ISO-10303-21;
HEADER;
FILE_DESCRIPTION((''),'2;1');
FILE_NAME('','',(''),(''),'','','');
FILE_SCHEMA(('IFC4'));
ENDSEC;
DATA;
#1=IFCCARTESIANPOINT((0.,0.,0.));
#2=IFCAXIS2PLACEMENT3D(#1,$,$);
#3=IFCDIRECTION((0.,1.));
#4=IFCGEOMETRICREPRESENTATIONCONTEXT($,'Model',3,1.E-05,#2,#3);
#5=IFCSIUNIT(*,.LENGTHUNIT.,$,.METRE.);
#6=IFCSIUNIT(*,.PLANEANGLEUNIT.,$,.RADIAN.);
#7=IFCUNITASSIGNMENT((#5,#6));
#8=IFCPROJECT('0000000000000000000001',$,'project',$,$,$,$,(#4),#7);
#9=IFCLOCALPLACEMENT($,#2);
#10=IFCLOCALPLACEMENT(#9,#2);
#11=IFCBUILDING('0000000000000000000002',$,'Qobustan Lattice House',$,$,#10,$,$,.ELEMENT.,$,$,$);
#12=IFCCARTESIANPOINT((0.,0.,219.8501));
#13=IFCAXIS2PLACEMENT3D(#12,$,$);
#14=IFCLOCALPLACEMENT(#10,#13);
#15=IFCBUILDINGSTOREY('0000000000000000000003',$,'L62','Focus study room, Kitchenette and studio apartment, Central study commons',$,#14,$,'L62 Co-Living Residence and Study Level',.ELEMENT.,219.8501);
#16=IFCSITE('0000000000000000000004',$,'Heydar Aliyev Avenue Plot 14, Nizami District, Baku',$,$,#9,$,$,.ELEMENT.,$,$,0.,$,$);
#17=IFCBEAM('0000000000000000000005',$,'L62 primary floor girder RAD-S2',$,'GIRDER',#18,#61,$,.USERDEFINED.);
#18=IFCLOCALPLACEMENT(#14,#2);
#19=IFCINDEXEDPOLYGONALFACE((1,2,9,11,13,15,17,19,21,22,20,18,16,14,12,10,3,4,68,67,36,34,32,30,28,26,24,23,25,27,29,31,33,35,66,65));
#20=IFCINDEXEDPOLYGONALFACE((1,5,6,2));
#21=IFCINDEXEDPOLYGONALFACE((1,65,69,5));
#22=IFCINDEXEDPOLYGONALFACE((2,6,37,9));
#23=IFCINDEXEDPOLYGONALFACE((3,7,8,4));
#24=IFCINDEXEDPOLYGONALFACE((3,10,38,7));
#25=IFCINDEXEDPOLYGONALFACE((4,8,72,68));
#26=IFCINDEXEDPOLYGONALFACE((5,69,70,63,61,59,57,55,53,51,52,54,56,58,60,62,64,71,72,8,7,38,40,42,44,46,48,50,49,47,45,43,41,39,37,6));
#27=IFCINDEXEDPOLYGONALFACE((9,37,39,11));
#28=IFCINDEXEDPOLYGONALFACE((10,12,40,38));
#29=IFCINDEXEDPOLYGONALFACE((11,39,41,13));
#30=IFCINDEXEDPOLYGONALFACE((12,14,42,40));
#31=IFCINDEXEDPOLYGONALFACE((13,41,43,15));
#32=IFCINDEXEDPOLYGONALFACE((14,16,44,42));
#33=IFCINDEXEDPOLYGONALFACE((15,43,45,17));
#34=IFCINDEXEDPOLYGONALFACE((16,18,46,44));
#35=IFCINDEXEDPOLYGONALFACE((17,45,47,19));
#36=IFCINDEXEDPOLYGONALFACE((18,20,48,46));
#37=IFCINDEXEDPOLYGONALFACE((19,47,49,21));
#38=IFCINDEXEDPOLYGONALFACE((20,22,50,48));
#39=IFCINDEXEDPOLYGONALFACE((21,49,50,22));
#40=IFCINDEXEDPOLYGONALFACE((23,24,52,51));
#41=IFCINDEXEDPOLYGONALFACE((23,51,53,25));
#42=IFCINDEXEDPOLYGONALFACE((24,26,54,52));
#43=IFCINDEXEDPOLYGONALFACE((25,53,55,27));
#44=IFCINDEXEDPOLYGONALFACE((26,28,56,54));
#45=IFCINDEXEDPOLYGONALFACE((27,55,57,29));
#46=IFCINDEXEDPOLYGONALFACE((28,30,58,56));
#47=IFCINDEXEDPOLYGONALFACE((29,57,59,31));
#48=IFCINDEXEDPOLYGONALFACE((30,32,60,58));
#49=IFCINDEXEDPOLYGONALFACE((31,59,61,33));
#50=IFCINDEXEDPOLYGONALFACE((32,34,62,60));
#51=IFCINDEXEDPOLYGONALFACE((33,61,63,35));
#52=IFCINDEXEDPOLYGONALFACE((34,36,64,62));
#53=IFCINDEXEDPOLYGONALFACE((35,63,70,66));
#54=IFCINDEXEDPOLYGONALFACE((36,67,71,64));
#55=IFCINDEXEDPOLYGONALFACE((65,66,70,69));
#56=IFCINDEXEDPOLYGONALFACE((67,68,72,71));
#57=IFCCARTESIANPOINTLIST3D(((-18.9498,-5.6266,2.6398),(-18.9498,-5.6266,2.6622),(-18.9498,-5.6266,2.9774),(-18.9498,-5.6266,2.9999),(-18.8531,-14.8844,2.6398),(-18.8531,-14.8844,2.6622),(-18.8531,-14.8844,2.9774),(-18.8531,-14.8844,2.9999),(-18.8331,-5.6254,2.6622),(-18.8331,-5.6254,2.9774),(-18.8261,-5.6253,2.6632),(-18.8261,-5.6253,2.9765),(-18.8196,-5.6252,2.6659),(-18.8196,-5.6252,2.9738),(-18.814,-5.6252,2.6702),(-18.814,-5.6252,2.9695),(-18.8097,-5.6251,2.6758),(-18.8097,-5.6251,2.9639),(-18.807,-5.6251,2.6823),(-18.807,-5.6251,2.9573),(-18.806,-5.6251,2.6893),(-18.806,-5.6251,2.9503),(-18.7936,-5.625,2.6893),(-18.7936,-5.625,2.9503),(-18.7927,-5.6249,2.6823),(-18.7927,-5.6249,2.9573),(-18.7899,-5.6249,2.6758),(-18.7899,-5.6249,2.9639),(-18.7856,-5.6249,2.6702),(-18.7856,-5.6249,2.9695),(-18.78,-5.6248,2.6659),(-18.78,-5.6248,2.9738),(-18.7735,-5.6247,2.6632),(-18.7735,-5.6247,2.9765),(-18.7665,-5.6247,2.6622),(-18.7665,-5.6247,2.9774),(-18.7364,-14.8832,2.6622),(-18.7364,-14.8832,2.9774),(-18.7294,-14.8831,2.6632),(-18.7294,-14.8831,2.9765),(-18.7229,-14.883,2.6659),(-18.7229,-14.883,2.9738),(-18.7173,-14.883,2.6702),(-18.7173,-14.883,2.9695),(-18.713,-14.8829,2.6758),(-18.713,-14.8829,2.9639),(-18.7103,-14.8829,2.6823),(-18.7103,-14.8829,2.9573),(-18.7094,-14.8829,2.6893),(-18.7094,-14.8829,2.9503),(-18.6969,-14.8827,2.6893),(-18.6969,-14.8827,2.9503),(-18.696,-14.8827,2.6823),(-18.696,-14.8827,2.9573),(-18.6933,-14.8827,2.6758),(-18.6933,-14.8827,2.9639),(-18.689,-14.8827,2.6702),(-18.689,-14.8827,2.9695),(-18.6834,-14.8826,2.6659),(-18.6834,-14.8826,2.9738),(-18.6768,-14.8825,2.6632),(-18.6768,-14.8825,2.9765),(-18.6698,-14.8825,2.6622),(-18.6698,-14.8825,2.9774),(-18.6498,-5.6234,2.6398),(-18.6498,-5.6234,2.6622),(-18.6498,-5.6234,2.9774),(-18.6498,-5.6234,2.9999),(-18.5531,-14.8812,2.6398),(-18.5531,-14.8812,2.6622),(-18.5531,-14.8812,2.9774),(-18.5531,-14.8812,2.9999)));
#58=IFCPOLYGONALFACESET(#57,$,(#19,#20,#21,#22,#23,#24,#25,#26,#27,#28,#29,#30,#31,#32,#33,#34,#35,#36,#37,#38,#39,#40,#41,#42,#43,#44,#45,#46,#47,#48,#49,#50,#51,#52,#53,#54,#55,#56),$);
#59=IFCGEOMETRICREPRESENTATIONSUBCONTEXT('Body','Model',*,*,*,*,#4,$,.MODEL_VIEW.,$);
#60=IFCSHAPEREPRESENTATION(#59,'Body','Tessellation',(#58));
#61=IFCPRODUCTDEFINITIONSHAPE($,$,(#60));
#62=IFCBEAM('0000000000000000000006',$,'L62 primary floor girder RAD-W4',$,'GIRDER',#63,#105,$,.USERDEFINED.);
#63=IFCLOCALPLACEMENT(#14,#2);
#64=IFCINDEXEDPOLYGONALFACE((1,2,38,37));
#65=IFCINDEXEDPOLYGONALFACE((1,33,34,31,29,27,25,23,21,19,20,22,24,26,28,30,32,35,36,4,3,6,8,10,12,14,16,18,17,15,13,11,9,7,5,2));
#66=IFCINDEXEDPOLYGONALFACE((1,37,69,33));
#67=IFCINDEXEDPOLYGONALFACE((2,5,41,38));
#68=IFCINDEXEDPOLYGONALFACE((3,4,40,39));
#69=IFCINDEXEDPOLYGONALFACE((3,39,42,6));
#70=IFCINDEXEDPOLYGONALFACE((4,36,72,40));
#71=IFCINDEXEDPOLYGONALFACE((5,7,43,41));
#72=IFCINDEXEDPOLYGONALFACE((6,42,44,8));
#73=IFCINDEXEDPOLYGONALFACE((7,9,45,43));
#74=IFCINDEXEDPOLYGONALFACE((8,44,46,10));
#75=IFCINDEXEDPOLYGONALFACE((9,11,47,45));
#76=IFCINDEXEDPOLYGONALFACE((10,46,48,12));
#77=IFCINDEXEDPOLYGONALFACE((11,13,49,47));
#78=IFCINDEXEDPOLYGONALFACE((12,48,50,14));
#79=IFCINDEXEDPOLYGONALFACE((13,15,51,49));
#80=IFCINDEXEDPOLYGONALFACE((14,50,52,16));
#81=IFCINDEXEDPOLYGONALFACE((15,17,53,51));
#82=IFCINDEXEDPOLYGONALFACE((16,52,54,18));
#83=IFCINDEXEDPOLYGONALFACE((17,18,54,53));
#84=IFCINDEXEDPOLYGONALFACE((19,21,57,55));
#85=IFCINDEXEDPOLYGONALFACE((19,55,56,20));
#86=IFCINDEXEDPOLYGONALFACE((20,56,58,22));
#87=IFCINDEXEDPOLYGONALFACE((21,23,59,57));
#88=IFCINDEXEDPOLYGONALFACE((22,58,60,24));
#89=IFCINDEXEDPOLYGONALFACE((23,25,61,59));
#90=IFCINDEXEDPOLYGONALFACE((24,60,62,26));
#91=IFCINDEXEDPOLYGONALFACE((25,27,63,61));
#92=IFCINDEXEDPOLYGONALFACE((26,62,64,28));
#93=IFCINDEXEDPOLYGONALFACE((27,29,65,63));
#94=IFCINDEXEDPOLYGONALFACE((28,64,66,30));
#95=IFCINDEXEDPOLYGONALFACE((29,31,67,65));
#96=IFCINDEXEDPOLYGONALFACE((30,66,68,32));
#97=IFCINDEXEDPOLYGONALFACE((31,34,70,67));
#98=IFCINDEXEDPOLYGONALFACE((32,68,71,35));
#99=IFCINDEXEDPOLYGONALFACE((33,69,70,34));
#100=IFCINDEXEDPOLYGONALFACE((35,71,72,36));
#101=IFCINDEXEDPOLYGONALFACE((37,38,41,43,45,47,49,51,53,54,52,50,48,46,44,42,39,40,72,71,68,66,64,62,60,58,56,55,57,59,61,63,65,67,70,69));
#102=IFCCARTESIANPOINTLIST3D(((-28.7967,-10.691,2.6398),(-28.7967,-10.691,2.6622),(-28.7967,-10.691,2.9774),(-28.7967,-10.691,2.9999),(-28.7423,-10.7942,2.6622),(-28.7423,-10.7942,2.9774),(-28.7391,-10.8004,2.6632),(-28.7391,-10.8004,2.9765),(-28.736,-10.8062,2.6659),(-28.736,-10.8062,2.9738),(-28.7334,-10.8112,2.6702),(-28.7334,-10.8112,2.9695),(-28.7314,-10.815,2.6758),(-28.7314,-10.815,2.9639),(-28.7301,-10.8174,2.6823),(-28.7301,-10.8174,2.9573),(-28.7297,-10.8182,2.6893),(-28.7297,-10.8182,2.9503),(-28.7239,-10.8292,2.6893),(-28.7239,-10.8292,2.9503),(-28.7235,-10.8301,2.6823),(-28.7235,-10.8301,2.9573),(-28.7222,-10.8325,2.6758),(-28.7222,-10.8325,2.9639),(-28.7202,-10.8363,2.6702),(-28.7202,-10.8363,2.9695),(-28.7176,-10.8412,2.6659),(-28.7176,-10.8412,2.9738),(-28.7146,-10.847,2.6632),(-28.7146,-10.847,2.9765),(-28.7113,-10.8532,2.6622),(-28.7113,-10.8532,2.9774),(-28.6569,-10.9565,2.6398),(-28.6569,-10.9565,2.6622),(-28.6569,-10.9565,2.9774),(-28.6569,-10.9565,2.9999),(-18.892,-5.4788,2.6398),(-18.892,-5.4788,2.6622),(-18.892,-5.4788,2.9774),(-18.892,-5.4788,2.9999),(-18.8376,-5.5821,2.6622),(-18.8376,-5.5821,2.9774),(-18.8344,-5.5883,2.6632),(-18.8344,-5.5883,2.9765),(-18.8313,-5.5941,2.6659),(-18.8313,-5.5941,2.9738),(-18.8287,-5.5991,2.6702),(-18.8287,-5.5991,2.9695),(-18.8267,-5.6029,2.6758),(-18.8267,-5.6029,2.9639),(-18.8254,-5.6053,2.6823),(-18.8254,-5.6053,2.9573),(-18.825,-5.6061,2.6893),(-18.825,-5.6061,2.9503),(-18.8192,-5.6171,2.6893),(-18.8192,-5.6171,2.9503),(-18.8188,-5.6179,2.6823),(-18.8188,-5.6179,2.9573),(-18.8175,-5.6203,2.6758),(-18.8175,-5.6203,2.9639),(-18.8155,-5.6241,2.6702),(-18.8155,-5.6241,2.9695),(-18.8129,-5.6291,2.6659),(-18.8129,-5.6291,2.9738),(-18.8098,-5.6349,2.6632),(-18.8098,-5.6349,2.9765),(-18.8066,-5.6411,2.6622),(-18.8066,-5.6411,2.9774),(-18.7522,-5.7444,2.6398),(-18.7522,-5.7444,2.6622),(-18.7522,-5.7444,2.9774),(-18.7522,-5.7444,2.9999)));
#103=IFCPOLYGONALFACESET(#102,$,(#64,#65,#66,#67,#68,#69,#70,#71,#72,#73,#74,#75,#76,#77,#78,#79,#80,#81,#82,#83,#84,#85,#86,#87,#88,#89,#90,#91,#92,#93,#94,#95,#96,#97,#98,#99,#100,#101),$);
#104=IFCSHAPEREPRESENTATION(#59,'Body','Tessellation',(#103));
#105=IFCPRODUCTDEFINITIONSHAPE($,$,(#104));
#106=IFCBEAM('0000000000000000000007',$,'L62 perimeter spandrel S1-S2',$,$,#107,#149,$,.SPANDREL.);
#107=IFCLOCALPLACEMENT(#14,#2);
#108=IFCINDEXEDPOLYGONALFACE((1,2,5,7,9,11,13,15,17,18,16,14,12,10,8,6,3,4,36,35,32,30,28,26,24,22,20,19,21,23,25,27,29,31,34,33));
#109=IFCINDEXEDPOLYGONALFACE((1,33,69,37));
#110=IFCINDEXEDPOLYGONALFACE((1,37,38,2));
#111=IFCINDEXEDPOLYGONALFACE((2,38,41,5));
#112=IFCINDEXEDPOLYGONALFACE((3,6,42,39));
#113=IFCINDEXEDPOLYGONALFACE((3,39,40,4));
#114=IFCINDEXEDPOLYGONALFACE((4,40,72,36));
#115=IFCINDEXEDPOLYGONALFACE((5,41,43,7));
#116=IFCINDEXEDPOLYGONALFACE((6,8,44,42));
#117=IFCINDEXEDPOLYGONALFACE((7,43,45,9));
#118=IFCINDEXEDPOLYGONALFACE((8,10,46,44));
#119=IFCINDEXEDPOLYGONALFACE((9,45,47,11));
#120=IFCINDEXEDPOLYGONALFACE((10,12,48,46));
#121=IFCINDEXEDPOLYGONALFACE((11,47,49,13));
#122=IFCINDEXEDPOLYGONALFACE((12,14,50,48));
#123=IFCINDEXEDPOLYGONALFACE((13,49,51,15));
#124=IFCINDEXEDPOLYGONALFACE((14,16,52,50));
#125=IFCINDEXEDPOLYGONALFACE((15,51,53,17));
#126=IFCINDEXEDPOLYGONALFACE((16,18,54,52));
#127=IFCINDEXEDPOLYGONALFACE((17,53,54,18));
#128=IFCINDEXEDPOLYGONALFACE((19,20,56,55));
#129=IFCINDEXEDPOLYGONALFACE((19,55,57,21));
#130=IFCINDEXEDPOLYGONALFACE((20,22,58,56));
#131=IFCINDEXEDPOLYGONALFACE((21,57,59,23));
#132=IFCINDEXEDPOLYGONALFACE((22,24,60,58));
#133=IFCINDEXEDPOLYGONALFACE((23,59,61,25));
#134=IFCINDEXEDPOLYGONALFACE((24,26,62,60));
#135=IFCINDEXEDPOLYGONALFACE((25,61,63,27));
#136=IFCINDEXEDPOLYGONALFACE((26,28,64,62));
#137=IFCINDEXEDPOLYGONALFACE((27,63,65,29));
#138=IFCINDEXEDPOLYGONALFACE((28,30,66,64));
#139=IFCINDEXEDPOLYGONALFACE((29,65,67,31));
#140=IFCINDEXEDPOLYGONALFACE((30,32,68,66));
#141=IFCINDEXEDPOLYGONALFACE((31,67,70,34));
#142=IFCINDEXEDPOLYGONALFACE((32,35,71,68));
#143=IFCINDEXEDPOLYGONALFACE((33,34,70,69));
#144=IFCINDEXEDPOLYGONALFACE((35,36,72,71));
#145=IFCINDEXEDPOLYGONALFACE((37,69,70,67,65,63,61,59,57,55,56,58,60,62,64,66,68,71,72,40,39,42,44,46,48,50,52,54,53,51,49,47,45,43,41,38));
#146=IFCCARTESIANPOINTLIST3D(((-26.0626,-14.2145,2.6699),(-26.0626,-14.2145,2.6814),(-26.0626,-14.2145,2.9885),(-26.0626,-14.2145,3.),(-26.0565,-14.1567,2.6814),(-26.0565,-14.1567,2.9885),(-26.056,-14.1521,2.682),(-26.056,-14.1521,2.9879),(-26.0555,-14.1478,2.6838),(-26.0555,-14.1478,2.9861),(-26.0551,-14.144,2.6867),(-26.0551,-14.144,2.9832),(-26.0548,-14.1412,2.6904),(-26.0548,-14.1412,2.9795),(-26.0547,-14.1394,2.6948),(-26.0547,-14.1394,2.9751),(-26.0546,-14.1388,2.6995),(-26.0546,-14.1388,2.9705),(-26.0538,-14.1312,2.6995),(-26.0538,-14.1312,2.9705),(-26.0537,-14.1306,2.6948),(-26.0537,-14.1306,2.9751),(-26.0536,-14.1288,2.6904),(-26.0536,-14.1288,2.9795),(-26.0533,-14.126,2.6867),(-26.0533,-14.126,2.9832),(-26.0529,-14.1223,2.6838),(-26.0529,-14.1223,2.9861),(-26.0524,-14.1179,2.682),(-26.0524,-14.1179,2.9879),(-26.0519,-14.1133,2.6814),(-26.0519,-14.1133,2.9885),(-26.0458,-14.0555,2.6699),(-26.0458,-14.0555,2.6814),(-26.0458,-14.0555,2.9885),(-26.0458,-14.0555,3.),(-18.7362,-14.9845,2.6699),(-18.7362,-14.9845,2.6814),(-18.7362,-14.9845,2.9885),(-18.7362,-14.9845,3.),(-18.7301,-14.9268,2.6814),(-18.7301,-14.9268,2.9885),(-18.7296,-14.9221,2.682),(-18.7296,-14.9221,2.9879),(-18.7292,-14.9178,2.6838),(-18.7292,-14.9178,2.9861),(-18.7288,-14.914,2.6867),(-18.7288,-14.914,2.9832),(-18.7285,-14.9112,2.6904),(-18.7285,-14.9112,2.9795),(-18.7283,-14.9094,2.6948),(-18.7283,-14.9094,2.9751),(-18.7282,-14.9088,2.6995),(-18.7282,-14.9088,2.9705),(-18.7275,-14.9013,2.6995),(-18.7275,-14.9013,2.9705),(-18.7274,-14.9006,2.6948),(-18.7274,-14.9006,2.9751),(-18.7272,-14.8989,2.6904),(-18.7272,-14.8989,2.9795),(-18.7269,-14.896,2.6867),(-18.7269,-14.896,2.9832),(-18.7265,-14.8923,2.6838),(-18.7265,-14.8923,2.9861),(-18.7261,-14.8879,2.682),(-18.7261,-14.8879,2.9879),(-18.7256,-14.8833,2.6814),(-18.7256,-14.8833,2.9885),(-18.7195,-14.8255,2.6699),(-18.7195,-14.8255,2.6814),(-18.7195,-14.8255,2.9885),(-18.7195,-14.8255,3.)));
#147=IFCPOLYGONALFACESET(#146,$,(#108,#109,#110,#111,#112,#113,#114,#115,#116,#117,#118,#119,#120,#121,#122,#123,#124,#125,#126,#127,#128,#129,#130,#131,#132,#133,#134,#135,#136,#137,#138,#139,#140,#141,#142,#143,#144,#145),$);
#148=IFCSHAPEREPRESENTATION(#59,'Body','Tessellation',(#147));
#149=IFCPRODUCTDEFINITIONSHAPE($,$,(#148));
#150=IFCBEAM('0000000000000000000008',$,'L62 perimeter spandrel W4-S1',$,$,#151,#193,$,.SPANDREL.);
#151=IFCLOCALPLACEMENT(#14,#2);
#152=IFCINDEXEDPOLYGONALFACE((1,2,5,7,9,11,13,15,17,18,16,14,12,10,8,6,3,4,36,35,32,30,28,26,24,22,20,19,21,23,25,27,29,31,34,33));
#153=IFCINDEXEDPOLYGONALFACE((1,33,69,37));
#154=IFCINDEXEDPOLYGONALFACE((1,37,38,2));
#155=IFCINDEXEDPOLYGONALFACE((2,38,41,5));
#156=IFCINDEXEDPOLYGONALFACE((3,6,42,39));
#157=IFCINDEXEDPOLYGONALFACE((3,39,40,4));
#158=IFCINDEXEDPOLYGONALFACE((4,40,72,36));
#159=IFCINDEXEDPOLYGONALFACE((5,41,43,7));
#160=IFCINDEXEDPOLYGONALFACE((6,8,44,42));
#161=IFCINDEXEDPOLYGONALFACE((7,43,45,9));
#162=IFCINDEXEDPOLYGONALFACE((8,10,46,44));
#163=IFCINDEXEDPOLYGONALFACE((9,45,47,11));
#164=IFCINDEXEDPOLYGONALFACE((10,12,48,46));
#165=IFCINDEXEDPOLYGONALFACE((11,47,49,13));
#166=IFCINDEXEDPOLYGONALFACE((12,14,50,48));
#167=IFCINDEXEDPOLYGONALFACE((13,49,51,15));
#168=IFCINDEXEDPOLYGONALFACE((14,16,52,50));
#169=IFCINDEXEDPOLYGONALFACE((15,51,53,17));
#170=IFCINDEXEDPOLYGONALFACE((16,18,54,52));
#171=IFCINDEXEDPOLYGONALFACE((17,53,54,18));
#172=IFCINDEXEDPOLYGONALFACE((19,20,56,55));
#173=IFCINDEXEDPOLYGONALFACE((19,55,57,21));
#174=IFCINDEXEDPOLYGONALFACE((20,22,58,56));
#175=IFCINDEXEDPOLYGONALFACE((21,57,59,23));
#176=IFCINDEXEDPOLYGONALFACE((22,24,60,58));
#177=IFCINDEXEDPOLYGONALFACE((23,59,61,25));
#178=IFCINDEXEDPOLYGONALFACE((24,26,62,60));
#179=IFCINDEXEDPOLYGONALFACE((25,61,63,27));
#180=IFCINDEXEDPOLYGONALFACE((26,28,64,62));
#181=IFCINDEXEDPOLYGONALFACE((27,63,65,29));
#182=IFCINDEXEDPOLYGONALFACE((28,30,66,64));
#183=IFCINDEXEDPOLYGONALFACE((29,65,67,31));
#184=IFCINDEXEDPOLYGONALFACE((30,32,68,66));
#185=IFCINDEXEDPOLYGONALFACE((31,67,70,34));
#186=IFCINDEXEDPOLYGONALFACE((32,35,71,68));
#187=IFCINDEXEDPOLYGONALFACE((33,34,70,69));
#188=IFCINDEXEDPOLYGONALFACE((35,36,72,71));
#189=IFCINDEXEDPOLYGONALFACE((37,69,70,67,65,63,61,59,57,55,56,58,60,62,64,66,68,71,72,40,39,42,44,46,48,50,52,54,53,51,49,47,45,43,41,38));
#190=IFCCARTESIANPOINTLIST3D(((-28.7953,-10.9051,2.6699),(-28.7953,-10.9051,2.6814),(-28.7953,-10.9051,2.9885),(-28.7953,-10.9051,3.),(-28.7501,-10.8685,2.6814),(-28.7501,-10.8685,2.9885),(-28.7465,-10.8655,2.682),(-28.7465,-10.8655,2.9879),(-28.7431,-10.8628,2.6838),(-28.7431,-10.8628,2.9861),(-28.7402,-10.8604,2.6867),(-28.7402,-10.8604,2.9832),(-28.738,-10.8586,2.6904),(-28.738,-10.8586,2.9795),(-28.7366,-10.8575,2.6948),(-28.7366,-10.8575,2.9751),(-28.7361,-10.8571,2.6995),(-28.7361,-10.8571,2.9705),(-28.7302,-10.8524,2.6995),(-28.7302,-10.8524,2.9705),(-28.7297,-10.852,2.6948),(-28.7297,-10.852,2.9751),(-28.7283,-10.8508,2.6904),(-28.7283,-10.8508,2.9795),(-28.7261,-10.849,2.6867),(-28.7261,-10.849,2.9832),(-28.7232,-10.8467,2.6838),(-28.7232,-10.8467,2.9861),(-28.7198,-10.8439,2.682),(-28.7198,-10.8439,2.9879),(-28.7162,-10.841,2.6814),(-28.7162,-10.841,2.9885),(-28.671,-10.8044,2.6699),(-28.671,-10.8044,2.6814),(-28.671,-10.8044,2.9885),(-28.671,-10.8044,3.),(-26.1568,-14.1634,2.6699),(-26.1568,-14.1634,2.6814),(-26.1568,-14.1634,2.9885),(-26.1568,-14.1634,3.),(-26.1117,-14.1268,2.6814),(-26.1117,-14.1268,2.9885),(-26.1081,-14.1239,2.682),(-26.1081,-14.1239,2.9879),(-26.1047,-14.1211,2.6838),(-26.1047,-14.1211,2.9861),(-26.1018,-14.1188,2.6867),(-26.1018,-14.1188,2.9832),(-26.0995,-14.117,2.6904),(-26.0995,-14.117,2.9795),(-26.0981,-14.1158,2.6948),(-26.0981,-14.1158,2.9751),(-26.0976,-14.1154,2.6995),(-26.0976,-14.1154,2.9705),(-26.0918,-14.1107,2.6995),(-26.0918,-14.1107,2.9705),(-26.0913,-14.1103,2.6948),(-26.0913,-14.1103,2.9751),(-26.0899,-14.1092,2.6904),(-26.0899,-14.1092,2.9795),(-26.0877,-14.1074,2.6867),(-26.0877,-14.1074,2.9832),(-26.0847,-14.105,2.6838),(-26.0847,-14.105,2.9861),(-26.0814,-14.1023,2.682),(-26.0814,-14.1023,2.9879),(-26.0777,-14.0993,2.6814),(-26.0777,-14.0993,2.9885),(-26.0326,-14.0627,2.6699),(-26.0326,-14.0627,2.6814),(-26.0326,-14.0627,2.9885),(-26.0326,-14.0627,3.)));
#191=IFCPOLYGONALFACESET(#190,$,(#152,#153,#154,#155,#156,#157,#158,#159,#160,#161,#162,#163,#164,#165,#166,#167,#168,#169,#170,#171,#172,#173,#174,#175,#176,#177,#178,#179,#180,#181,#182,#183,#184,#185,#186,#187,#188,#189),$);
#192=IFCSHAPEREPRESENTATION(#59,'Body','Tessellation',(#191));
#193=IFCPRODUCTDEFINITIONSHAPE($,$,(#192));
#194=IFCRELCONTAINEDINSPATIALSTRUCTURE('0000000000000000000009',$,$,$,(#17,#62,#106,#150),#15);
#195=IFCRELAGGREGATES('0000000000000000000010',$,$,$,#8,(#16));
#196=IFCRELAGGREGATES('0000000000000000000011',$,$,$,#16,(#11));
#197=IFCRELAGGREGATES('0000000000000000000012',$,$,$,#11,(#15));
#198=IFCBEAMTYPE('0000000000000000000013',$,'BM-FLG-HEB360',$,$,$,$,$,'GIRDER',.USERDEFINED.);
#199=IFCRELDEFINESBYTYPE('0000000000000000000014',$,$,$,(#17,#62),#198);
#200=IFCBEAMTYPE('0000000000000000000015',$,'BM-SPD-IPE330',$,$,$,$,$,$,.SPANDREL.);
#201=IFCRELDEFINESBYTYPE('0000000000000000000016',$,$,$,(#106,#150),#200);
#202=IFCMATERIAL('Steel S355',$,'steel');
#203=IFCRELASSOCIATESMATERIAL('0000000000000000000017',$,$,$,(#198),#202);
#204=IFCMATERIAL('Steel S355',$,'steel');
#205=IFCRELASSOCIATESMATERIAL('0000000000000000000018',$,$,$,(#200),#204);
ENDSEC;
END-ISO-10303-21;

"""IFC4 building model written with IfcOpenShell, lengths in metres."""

from ifc_helpers import new_model, si_unit, direction, frame, origin, origin_2d, place, context, subcontext, project, spatial, i_section, extrude, material, material_profile, profile_set, type_object, element, save


model = new_model("IFC4")

# Units and contexts
model_context = context("Model", 3, precision=1e-05, world=origin(), true_north=direction((0.0, 1.0)))
body_context = subcontext(model_context, "Body", "Model", "MODEL_VIEW")
ifc_project = project(units=[si_unit("LENGTHUNIT", "METRE"), si_unit("PLANEANGLEUNIT", "RADIAN")], contexts=[model_context])

# Site, building, storey
site_placement = place(None, origin())
site = spatial("IfcSite", under=ifc_project, at=site_placement, Name="Heydar Aliyev Avenue Plot 14, Nizami District, Baku", CompositionType="ELEMENT", RefElevation=0.0)
building_placement = place(site_placement, origin())
building = spatial("IfcBuilding", under=site, at=building_placement, Name="Qobustan Lattice House", CompositionType="ELEMENT")
storey_placement = place(building_placement, frame((0.0, 0.0, 219.8501)))
storey = spatial("IfcBuildingStorey", under=building, at=storey_placement, Name="L62", Description="Focus study room, Kitchenette and studio apartment, Central study commons", LongName="L62 Co-Living Residence and Study Level", CompositionType="ELEMENT", Elevation=219.8501)

# Beams
ifc_material_1 = material(Name="Steel S355", Category="steel")
ifc_material_profile_1 = material_profile(ifc_material_1, i_section(OverallWidth=0.3, OverallDepth=0.3601, WebThickness=0.0125, FlangeThickness=0.0225, FilletRadius=0.0271, at=origin_2d()), Name="HEB360")
ifc_profile_set_1 = profile_set([ifc_material_profile_1], Name="Steel S355")
beam_type_1 = type_object("IfcBeamType", Name="BM-FLG-HEB360", ElementType="GIRDER", PredefinedType="USERDEFINED", material=ifc_profile_set_1)
beam_1_placement = place(storey_placement, frame((-18.7031, -14.8828, 2.8198), z_axis=(-0.010442, 0.999945, 0.0), x_axis=(-0.999945, -0.010442, 0.0)))
element("IfcBeam", 1, at=beam_1_placement, inside=storey, type_object=beam_type_1, Name="L62 primary floor girder RAD-S2", ObjectType="GIRDER", PredefinedType="USERDEFINED", context=body_context, shape_type="SweptSolid", body=[
    extrude(i_section(OverallWidth=0.3, OverallDepth=0.3601, WebThickness=0.0125, FlangeThickness=0.0225, FilletRadius=0.0271, at=origin_2d()), origin(), (0.0, 0.0, 1.0), 9.2583),
])
beam_2_placement = place(storey_placement, frame((-28.7268, -10.8237, 2.8198), z_axis=(0.884951, 0.465684, 0.0), x_axis=(-0.465684, 0.884951, 0.0)))
element("IfcBeam", 2, at=beam_2_placement, inside=storey, type_object=beam_type_1, Name="L62 primary floor girder RAD-W4", ObjectType="GIRDER", PredefinedType="USERDEFINED", context=body_context, shape_type="SweptSolid", body=[
    extrude(i_section(OverallWidth=0.3, OverallDepth=0.3601, WebThickness=0.0125, FlangeThickness=0.0225, FilletRadius=0.0271, at=origin_2d()), origin(), (0.0, 0.0, 1.0), 11.1924),
])
ifc_material_2 = material(Name="Steel S355", Category="steel")
ifc_material_profile_2 = material_profile(ifc_material_2, i_section(OverallWidth=0.1599, OverallDepth=0.3301, WebThickness=0.0076, FlangeThickness=0.0115, FilletRadius=0.0181, at=origin_2d()), Name="IPE330")
ifc_profile_set_2 = profile_set([ifc_material_profile_2], Name="Steel S355")
beam_type_2 = type_object("IfcBeamType", Name="BM-SPD-IPE330", PredefinedType="SPANDREL", material=ifc_profile_set_2)
beam_3_placement = place(storey_placement, frame((-26.0542, -14.135, 2.835), z_axis=(0.994522, -0.104526, 0.0), x_axis=(0.104526, 0.994522, 0.0)))
element("IfcBeam", 3, at=beam_3_placement, inside=storey, type_object=beam_type_2, Name="L62 perimeter spandrel S1-S2", PredefinedType="SPANDREL", context=body_context, shape_type="SweptSolid", body=[
    extrude(i_section(OverallWidth=0.1599, OverallDepth=0.3301, WebThickness=0.0076, FlangeThickness=0.0115, FilletRadius=0.0181, at=origin_2d()), origin(), (0.0, 0.0, 1.0), 7.3667),
])
beam_4_placement = place(storey_placement, frame((-28.7332, -10.8547, 2.835), z_axis=(0.629307, -0.777157, 0.0), x_axis=(0.777157, 0.629307, 0.0)))
element("IfcBeam", 4, at=beam_4_placement, inside=storey, type_object=beam_type_2, Name="L62 perimeter spandrel W4-S1", PredefinedType="SPANDREL", context=body_context, shape_type="SweptSolid", body=[
    extrude(i_section(OverallWidth=0.1599, OverallDepth=0.3301, WebThickness=0.0076, FlangeThickness=0.0115, FilletRadius=0.0181, at=origin_2d()), origin(), (0.0, 0.0, 1.0), 4.1926),
])

save(model, "model.ifc")
